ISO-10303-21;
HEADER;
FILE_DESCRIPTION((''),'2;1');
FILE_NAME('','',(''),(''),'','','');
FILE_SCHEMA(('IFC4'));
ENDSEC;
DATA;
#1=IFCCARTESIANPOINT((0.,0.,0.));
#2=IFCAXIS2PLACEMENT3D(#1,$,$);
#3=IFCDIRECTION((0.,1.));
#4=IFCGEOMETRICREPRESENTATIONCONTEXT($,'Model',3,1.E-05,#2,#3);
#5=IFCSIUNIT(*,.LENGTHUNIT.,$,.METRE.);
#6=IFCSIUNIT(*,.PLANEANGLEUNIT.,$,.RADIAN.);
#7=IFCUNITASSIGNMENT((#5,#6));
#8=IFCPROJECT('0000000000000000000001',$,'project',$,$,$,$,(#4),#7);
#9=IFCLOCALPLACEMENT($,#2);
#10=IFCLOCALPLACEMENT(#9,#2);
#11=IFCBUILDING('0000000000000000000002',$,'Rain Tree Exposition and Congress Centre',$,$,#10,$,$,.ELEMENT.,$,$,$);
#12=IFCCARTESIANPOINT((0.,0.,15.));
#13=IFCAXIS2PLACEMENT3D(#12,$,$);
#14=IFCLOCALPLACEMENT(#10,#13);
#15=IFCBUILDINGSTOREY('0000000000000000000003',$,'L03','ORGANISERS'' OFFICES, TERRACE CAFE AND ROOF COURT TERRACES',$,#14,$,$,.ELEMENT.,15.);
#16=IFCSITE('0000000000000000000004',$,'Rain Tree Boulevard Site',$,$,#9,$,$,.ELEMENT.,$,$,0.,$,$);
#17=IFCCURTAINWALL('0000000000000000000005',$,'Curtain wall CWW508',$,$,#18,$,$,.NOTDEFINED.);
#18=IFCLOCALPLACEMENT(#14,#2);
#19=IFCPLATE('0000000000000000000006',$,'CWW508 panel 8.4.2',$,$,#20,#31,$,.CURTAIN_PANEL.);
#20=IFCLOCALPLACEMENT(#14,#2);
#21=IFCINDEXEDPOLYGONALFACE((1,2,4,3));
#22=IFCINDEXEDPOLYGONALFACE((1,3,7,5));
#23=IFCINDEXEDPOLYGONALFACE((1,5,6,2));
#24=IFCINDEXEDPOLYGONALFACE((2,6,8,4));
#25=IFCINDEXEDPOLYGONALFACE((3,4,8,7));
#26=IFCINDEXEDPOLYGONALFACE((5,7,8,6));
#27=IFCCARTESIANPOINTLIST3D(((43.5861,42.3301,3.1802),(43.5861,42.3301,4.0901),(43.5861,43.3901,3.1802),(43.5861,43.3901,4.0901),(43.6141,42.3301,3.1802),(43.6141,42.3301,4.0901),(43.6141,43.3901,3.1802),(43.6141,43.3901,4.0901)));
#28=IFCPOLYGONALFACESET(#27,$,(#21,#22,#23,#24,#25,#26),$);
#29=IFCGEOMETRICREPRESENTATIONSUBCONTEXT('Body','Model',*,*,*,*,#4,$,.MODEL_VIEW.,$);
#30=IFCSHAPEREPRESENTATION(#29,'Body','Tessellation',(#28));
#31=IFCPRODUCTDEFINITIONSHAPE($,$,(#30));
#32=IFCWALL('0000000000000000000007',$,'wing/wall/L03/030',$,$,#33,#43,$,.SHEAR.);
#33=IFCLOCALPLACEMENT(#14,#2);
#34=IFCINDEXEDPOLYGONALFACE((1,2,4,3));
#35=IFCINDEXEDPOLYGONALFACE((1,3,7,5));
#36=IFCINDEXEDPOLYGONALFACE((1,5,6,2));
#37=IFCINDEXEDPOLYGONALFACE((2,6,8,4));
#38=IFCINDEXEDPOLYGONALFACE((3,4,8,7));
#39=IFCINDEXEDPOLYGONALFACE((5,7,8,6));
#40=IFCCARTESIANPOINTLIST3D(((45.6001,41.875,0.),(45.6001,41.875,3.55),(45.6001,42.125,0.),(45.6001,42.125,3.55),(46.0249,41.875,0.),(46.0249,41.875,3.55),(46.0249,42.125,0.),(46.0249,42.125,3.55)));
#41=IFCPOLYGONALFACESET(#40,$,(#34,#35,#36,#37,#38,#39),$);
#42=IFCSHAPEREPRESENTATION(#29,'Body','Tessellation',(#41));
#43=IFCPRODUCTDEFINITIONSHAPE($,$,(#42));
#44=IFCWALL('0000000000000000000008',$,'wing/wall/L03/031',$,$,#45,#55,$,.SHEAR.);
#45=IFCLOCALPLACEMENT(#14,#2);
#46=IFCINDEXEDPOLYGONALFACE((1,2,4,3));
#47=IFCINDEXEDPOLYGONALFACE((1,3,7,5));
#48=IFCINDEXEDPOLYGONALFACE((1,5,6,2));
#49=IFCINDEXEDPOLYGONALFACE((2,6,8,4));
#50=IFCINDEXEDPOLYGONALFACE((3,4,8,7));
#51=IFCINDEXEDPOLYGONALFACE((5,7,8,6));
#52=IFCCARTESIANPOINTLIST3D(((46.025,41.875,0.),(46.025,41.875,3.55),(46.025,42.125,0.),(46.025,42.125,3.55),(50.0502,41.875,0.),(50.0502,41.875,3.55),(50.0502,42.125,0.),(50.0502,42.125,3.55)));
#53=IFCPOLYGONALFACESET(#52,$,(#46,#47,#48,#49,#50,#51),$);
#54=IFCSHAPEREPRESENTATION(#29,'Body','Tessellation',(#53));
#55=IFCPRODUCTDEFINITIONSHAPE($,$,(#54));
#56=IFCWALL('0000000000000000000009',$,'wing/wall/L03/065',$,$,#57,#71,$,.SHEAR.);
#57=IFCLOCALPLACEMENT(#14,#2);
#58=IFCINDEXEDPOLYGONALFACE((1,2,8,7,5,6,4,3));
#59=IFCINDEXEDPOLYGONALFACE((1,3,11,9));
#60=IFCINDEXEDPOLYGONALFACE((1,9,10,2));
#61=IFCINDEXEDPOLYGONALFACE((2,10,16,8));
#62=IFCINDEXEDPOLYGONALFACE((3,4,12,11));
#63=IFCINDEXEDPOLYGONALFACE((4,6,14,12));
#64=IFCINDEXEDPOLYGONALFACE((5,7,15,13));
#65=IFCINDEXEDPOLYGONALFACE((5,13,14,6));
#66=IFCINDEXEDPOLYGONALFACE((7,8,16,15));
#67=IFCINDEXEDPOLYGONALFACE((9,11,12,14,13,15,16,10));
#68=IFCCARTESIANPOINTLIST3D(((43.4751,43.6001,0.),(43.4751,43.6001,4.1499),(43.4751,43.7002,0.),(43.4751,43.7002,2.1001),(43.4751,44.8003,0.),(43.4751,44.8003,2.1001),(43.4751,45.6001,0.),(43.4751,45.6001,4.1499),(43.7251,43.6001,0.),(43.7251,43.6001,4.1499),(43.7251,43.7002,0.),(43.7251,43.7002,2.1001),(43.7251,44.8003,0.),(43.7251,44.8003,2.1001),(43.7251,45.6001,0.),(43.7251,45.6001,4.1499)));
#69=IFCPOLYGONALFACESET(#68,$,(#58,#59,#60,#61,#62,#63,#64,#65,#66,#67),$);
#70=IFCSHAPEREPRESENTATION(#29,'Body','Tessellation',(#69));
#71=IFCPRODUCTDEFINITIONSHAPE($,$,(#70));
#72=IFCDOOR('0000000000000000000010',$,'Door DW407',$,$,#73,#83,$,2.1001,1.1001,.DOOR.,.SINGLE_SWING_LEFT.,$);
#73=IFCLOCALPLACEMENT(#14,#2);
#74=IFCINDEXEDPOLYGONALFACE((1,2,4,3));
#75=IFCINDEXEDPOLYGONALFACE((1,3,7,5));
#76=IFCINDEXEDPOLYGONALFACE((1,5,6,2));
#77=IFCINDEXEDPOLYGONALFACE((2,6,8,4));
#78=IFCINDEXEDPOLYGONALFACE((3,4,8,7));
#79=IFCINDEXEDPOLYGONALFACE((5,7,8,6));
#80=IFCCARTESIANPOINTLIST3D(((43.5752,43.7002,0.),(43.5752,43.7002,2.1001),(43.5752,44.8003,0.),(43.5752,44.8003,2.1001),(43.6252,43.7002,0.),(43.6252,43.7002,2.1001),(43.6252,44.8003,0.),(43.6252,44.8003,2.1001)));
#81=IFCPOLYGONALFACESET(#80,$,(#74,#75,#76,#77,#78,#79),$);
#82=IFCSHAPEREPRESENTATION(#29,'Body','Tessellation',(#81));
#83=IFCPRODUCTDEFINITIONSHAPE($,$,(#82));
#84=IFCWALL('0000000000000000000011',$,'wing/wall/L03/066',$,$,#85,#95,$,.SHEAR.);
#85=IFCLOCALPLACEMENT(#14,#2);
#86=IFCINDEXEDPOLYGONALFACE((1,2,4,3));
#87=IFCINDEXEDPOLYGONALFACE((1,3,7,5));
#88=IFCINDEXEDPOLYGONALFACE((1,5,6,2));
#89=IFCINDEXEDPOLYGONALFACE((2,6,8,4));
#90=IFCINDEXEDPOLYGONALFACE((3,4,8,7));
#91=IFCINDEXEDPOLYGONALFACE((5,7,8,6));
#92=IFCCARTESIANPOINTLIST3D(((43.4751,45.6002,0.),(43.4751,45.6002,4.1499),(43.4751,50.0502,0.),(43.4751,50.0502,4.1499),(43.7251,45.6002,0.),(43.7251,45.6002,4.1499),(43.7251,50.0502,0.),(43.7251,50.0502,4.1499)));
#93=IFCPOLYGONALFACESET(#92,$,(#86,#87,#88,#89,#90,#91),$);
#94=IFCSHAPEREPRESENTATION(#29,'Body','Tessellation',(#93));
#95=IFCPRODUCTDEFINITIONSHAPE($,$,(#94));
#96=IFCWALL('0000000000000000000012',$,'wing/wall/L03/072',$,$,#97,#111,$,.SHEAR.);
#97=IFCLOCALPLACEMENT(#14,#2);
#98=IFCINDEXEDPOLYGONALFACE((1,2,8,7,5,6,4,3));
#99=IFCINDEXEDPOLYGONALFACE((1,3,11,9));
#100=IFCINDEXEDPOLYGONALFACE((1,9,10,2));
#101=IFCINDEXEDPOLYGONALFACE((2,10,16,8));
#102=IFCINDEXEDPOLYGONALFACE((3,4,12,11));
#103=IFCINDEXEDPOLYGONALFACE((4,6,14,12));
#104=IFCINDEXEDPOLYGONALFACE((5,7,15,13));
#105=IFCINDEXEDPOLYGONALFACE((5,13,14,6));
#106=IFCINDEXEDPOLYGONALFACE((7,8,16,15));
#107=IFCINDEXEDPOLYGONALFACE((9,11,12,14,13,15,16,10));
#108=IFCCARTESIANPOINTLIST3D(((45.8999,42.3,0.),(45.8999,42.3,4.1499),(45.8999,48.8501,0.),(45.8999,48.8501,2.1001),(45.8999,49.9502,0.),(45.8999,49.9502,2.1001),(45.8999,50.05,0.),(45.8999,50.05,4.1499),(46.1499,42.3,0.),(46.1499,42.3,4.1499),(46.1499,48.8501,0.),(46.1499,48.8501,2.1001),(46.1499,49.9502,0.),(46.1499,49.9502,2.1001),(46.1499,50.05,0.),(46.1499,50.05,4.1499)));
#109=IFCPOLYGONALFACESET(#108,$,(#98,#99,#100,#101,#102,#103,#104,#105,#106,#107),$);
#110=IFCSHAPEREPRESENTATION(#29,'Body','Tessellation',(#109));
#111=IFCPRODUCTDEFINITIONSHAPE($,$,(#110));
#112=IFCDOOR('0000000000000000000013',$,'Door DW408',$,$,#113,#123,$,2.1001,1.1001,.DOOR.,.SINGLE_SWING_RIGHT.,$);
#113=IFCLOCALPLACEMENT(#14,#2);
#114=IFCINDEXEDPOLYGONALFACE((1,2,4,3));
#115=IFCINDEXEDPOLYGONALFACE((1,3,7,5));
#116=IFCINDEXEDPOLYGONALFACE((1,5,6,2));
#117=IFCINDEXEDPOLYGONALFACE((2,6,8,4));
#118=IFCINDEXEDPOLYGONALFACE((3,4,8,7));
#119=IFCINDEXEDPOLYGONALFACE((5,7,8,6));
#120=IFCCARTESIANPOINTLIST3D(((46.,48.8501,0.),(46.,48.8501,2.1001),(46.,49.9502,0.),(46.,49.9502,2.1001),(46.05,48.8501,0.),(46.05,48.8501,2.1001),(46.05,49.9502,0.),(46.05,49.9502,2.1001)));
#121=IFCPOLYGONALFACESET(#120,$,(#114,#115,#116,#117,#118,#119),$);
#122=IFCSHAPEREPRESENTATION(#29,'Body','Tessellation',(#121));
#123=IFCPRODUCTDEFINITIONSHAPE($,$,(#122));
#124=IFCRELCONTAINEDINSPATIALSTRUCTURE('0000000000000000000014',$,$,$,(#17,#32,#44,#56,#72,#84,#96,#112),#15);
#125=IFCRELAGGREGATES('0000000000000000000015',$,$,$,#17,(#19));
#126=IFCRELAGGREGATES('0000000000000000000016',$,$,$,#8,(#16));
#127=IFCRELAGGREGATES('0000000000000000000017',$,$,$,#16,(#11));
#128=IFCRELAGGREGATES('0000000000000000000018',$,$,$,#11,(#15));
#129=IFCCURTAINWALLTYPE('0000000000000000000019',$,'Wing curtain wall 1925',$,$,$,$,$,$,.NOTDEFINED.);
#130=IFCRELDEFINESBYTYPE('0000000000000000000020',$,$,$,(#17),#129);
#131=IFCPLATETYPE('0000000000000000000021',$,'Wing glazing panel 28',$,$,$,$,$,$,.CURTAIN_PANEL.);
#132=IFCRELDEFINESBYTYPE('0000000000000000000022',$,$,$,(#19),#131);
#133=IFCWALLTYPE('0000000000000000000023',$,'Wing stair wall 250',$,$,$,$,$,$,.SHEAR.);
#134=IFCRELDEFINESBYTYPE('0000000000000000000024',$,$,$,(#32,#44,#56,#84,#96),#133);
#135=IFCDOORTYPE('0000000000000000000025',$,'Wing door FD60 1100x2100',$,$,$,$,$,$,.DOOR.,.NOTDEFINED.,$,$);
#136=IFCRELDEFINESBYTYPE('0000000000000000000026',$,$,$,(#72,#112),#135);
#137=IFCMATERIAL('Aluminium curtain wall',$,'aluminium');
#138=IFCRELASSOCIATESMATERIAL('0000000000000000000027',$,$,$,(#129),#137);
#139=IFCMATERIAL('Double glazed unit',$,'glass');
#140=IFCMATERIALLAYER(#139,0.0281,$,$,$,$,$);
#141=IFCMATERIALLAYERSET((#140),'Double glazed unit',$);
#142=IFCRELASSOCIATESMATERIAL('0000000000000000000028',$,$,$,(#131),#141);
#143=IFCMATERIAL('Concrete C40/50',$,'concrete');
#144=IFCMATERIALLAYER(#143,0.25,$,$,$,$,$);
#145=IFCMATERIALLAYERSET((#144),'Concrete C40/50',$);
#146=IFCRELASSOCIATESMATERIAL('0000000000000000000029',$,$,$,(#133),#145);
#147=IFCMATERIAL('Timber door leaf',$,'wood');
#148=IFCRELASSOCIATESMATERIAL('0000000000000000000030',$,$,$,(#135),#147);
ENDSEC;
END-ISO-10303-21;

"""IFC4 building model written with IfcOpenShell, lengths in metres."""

from ifc_helpers import new_model, si_unit, direction, frame, frame_2d, origin, origin_2d, place, context, subcontext, project, spatial, rectangle, extrude, material, layer, layer_set, type_object, element, fill, aggregate, save


model = new_model("IFC4")

# Units and contexts
model_context = context("Model", 3, precision=1e-05, world=origin(), true_north=direction((0.0, 1.0)))
body_context = subcontext(model_context, "Body", "Model", "MODEL_VIEW")
ifc_project = project(units=[si_unit("LENGTHUNIT", "METRE"), si_unit("PLANEANGLEUNIT", "RADIAN")], contexts=[model_context])

# Site, building, storey
site_placement = place(None, origin())
site = spatial("IfcSite", under=ifc_project, at=site_placement, Name="Rain Tree Boulevard Site", CompositionType="ELEMENT", RefElevation=0.0)
building_placement = place(site_placement, origin())
building = spatial("IfcBuilding", under=site, at=building_placement, Name="Rain Tree Exposition and Congress Centre", CompositionType="ELEMENT")
storey_placement = place(building_placement, frame((0.0, 0.0, 15.0)))
storey = spatial("IfcBuildingStorey", under=building, at=storey_placement, Name="L03", Description="ORGANISERS' OFFICES, TERRACE CAFE AND ROOF COURT TERRACES", CompositionType="ELEMENT", Elevation=15.0)

# Curtain wall
ifc_material_1 = material(Name="Aluminium curtain wall", Category="aluminium")
curtain_wall_type = type_object("IfcCurtainWallType", Name="Wing curtain wall 1925", PredefinedType="NOTDEFINED", material=ifc_material_1)
curtain_wall_1_placement = place(storey_placement, origin())
curtain_wall_1 = element("IfcCurtainWall", 1, at=curtain_wall_1_placement, inside=storey, type_object=curtain_wall_type, Name="Curtain wall CWW508", PredefinedType="NOTDEFINED")

# Plate
ifc_material_2 = material(Name="Double glazed unit", Category="glass")
ifc_layer_1 = layer(ifc_material_2, 0.0281)
ifc_layer_set_1 = layer_set([ifc_layer_1], Name="Double glazed unit")
plate_type = type_object("IfcPlateType", Name="Wing glazing panel 28", PredefinedType="CURTAIN_PANEL", material=ifc_layer_set_1)
plate_1_placement = place(storey_placement, frame((43.6001, 42.8601, 3.1802), z_axis=(0.0, 0.0, 1.0), x_axis=(0.0, 1.0, 0.0)))
plate_1 = element("IfcPlate", 2, at=plate_1_placement, type_object=plate_type, Name="CWW508 panel 8.4.2", PredefinedType="CURTAIN_PANEL", context=body_context, shape_type="SweptSolid", body=[
    extrude(rectangle(XDim=1.0601, YDim=0.0281, at=origin_2d()), origin(), (0.0, 0.0, 1.0), 0.9099),
])
aggregate(curtain_wall_1, [plate_1])

# Walls
ifc_material_3 = material(Name="Concrete C40/50", Category="concrete")
ifc_layer_2 = layer(ifc_material_3, 0.25)
ifc_layer_set_2 = layer_set([ifc_layer_2], Name="Concrete C40/50")
wall_type_1 = type_object("IfcWallType", Name="Wing stair wall 250", PredefinedType="SHEAR", material=ifc_layer_set_2)
wall_1_placement = place(storey_placement, frame((45.6001, 42.0, 0.0), z_axis=(0.0, 0.0, 1.0), x_axis=(1.0, 0.0, 0.0)))
element("IfcWall", 3, at=wall_1_placement, inside=storey, type_object=wall_type_1, Name="wing/wall/L03/030", PredefinedType="SHEAR", context=body_context, shape_type="SweptSolid", body=[
    extrude(rectangle(XDim=0.4248, YDim=0.25, at=frame_2d((0.2124, 0.0))), origin(), (0.0, 0.0, 1.0), 3.55),
])
wall_2_placement = place(storey_placement, frame((46.0249, 42.0, 0.0), z_axis=(0.0, 0.0, 1.0), x_axis=(1.0, 0.0, 0.0)))
element("IfcWall", 4, at=wall_2_placement, inside=storey, type_object=wall_type_1, Name="wing/wall/L03/031", PredefinedType="SHEAR", context=body_context, shape_type="SweptSolid", body=[
    extrude(rectangle(XDim=4.0251, YDim=0.25, at=frame_2d((2.0127, 0.0))), origin(), (0.0, 0.0, 1.0), 3.55),
])

# Wall, opening, door
wall_3_placement = place(storey_placement, frame((43.6001, 43.6001, 0.0), z_axis=(0.0, 0.0, 1.0), x_axis=(0.0, 1.0, 0.0)))
wall_3 = element("IfcWall", 5, at=wall_3_placement, inside=storey, type_object=wall_type_1, Name="wing/wall/L03/065", PredefinedType="SHEAR", context=body_context, shape_type="SweptSolid", body=[
    extrude(rectangle(XDim=2.0, YDim=0.25, at=frame_2d((1.0, 0.0))), origin(), (0.0, 0.0, 1.0), 4.1499),
])
opening_1_placement = place(wall_3_placement, frame((0.1001, 0.0, 0.0)))
opening_1 = element("IfcOpeningElement", 6, at=opening_1_placement, cuts=wall_3, PredefinedType="OPENING", context=body_context, shape_type="SweptSolid", body=[
    extrude(rectangle(XDim=1.1001, YDim=2.1001, at=frame_2d((0.55, 1.05))), frame((0.0, 0.125, 0.0), z_axis=(0.0, -1.0, 0.0), x_axis=(1.0, 0.0, 0.0)), (0.0, 0.0, 1.0), 0.25),
])
ifc_material_4 = material(Name="Timber door leaf", Category="wood")
door_type = type_object("IfcDoorType", Name="Wing door FD60 1100x2100", OperationType="NOTDEFINED", PredefinedType="DOOR", material=ifc_material_4)
door_1_placement = place(opening_1_placement, origin())
door_1 = element("IfcDoor", 7, at=door_1_placement, inside=storey, type_object=door_type, Name="Door DW407", OperationType="SINGLE_SWING_LEFT", OverallHeight=2.1001, OverallWidth=1.1001, PredefinedType="DOOR", context=body_context, shape_type="SweptSolid", body=[
    extrude(rectangle(XDim=1.1001, YDim=2.1001, at=frame_2d((0.55, 1.05))), frame((0.0, 0.0249, 0.0), z_axis=(0.0, -1.0, 0.0), x_axis=(1.0, 0.0, 0.0)), (0.0, 0.0, 1.0), 0.05),
])
fill(opening_1, door_1)

# Wall
wall_4_placement = place(storey_placement, frame((43.6001, 45.6001, 0.0), z_axis=(0.0, 0.0, 1.0), x_axis=(0.0, 1.0, 0.0)))
element("IfcWall", 8, at=wall_4_placement, inside=storey, type_object=wall_type_1, Name="wing/wall/L03/066", PredefinedType="SHEAR", context=body_context, shape_type="SweptSolid", body=[
    extrude(rectangle(XDim=4.45, YDim=0.25, at=frame_2d((2.2251, 0.0))), origin(), (0.0, 0.0, 1.0), 4.1499),
])

# Wall, opening, door
wall_5_placement = place(storey_placement, frame((46.0249, 42.3, 0.0), z_axis=(0.0, 0.0, 1.0), x_axis=(0.0, 1.0, 0.0)))
wall_5 = element("IfcWall", 9, at=wall_5_placement, inside=storey, type_object=wall_type_1, Name="wing/wall/L03/072", PredefinedType="SHEAR", context=body_context, shape_type="SweptSolid", body=[
    extrude(rectangle(XDim=7.75, YDim=0.25, at=frame_2d((3.875, 0.0))), origin(), (0.0, 0.0, 1.0), 4.1499),
])
opening_2_placement = place(wall_5_placement, frame((6.55, 0.0, 0.0)))
opening_2 = element("IfcOpeningElement", 10, at=opening_2_placement, cuts=wall_5, PredefinedType="OPENING", context=body_context, shape_type="SweptSolid", body=[
    extrude(rectangle(XDim=1.1001, YDim=2.1001, at=frame_2d((0.55, 1.05))), frame((0.0, 0.125, 0.0), z_axis=(0.0, -1.0, 0.0), x_axis=(1.0, 0.0, 0.0)), (0.0, 0.0, 1.0), 0.25),
])
door_2_placement = place(opening_2_placement, origin())
door_2 = element("IfcDoor", 11, at=door_2_placement, inside=storey, type_object=door_type, Name="Door DW408", OperationType="SINGLE_SWING_RIGHT", OverallHeight=2.1001, OverallWidth=1.1001, PredefinedType="DOOR", context=body_context, shape_type="SweptSolid", body=[
    extrude(rectangle(XDim=1.1001, YDim=2.1001, at=frame_2d((0.55, 1.05))), frame((0.0, 0.0249, 0.0), z_axis=(0.0, -1.0, 0.0), x_axis=(1.0, 0.0, 0.0)), (0.0, 0.0, 1.0), 0.05),
])
fill(opening_2, door_2)

save(model, "model.ifc")
